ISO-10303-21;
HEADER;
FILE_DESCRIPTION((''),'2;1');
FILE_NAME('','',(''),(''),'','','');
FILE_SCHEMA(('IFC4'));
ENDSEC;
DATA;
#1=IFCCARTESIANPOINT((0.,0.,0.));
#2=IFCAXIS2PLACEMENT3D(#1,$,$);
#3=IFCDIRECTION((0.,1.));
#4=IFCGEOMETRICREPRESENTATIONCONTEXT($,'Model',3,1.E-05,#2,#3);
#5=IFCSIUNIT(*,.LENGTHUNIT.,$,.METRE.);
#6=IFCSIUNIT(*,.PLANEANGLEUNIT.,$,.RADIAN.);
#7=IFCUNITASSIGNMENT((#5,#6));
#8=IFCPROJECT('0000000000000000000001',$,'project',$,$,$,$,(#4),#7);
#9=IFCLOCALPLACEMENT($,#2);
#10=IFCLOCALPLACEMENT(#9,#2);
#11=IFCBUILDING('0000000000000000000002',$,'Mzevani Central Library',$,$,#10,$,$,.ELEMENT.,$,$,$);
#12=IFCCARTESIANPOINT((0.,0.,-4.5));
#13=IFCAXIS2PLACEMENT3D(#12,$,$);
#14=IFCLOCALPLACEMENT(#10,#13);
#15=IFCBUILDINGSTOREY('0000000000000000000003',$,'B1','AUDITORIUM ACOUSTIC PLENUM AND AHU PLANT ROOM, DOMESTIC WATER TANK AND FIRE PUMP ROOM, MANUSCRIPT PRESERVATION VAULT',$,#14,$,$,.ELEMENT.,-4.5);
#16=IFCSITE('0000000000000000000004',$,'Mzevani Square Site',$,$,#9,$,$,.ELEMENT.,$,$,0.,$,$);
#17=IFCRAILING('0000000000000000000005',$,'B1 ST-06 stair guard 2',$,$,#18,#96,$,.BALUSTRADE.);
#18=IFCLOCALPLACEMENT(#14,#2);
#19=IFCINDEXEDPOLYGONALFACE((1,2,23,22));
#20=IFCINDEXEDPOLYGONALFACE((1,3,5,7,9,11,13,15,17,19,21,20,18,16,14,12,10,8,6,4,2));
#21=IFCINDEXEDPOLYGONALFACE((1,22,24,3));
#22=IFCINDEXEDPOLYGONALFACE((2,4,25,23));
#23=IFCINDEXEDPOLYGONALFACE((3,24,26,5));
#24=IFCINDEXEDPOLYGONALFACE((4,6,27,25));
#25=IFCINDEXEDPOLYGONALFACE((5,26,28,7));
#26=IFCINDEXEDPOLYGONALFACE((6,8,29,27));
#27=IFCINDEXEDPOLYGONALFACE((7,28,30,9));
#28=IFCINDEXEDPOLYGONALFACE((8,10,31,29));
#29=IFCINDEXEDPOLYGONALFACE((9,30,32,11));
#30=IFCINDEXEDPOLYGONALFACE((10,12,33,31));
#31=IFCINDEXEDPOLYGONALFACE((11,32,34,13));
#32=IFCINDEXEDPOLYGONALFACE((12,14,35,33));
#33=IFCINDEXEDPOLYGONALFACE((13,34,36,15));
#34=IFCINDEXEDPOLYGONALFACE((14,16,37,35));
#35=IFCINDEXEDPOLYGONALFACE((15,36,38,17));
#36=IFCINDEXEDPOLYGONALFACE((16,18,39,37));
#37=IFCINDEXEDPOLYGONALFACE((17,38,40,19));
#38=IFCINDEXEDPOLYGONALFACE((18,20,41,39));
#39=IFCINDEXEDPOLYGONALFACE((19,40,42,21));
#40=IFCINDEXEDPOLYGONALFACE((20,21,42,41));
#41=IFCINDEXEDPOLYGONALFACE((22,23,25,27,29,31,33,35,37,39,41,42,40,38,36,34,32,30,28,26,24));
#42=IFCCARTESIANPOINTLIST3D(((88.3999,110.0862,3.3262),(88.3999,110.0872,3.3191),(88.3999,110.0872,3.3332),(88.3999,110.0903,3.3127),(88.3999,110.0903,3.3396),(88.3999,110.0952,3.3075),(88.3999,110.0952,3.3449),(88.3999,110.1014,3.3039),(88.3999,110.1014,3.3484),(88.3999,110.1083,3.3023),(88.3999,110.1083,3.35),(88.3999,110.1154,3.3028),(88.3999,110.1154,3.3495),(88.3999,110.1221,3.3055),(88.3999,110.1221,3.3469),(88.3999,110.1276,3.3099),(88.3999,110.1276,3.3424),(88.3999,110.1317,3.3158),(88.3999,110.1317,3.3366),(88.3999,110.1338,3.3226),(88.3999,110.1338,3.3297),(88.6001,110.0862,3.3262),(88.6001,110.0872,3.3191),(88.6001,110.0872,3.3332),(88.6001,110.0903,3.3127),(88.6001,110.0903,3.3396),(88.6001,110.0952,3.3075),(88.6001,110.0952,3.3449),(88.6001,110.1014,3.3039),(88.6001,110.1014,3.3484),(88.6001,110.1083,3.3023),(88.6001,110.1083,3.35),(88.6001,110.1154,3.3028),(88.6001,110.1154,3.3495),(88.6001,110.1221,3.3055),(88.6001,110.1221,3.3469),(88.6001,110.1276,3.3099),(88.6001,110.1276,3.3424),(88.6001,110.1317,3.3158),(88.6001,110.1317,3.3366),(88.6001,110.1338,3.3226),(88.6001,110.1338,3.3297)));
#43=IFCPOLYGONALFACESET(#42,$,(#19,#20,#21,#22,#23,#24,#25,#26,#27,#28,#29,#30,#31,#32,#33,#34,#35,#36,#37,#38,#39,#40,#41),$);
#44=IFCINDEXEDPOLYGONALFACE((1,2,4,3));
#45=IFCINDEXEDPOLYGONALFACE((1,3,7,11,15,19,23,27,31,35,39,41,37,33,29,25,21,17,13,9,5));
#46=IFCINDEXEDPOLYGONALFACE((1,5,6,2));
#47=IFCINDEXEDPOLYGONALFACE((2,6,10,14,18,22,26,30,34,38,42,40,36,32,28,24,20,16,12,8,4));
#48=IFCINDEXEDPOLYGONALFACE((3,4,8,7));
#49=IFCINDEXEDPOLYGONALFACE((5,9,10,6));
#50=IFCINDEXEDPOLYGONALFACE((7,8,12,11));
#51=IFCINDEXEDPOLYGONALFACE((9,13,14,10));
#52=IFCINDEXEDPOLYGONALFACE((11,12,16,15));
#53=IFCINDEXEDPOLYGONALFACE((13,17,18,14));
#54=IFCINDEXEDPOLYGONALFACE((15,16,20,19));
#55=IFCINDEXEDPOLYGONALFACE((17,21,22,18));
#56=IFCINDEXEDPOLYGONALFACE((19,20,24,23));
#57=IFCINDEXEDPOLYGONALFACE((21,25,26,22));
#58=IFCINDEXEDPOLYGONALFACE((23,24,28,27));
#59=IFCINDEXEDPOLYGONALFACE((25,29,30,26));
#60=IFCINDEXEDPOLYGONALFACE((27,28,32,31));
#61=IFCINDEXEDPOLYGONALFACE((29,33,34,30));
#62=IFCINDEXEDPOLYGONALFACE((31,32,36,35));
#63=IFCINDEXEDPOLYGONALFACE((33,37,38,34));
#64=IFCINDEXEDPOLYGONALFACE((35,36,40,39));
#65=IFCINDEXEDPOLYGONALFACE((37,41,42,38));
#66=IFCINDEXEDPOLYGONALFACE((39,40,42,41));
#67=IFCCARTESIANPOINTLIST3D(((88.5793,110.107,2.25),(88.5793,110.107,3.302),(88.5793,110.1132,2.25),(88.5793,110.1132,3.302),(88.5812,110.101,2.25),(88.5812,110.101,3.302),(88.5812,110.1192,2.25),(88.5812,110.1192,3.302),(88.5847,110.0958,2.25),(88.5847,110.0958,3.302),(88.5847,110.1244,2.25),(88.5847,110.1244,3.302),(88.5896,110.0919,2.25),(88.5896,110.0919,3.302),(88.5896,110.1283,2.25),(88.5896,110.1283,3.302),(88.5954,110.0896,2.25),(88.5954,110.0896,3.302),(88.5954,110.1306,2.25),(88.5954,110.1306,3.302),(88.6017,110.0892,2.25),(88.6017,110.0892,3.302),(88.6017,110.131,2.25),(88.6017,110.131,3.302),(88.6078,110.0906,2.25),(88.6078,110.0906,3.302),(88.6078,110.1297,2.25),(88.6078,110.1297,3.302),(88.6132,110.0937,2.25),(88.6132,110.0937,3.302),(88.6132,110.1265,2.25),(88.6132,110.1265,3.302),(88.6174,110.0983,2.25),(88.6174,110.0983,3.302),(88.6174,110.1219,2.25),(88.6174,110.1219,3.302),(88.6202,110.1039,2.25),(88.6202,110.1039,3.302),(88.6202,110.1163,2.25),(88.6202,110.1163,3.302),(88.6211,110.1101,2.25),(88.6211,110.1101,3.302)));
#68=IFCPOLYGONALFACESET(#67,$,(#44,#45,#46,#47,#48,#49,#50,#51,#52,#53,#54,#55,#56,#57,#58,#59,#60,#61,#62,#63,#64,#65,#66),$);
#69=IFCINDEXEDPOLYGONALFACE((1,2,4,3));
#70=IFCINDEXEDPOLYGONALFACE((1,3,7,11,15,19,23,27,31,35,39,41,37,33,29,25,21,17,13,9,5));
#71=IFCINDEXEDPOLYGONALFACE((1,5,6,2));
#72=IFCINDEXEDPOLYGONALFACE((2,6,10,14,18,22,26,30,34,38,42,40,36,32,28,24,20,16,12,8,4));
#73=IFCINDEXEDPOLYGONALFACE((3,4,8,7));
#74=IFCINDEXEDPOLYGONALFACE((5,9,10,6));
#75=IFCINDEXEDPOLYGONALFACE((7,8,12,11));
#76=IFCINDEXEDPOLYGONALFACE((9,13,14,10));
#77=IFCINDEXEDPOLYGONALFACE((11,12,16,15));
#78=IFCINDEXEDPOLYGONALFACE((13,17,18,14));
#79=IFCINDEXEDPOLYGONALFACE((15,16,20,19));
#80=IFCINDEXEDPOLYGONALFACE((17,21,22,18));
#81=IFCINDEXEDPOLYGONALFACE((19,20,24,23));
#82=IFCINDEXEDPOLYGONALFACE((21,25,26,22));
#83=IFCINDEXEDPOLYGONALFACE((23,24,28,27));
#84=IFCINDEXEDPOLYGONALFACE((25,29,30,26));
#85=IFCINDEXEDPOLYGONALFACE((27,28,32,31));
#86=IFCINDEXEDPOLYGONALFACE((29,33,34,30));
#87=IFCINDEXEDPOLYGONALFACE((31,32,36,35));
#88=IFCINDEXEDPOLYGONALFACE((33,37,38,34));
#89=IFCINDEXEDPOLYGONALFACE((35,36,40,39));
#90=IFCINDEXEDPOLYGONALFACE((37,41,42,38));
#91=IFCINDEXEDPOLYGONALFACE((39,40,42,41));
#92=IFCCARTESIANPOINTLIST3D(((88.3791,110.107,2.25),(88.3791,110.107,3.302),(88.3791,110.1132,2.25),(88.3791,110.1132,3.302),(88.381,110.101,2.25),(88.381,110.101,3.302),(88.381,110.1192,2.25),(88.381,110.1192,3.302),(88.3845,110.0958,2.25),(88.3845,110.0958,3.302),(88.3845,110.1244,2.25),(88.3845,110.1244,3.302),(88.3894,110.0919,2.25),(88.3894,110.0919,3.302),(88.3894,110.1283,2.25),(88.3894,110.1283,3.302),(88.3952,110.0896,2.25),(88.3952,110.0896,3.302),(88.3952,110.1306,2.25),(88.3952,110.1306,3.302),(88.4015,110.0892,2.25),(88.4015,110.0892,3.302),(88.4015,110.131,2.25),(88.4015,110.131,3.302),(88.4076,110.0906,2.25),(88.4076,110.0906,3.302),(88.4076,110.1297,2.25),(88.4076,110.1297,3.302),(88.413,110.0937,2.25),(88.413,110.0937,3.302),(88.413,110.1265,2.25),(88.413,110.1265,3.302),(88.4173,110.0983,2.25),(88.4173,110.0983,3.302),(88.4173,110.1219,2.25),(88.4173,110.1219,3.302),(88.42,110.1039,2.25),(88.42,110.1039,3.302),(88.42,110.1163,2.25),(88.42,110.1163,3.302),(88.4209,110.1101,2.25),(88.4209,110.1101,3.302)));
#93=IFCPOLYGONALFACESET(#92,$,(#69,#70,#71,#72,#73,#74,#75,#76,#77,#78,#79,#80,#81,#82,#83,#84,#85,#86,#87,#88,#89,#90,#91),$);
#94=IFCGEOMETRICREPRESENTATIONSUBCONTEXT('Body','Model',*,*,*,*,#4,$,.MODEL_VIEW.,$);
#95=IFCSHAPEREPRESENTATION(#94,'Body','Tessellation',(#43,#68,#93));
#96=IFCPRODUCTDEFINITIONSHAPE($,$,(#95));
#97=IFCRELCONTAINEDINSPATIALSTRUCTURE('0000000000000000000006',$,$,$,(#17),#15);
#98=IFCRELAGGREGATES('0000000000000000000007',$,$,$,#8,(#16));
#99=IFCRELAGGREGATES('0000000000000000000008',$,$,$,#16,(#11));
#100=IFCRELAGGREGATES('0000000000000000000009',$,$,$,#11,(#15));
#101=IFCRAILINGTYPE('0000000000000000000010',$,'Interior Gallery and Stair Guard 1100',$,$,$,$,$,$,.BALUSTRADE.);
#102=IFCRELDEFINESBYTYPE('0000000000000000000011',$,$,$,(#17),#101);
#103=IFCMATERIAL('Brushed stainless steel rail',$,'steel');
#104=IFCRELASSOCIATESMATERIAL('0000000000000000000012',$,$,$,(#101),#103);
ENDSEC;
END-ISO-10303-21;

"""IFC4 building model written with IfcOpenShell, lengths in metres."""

from ifc_helpers import new_model, si_unit, direction, frame, origin, origin_2d, place, context, subcontext, project, spatial, circle, extrude, material, type_object, element, save


model = new_model("IFC4")

# Units and contexts
model_context = context("Model", 3, precision=1e-05, world=origin(), true_north=direction((0.0, 1.0)))
body_context = subcontext(model_context, "Body", "Model", "MODEL_VIEW")
ifc_project = project(units=[si_unit("LENGTHUNIT", "METRE"), si_unit("PLANEANGLEUNIT", "RADIAN")], contexts=[model_context])

# Site, building, storey
site_placement = place(None, origin())
site = spatial("IfcSite", under=ifc_project, at=site_placement, Name="Mzevani Square Site", CompositionType="ELEMENT", RefElevation=0.0)
building_placement = place(site_placement, origin())
building = spatial("IfcBuilding", under=site, at=building_placement, Name="Mzevani Central Library", CompositionType="ELEMENT")
storey_placement = place(building_placement, frame((0.0, 0.0, -4.5)))
storey = spatial("IfcBuildingStorey", under=building, at=storey_placement, Name="B1", Description="AUDITORIUM ACOUSTIC PLENUM AND AHU PLANT ROOM, DOMESTIC WATER TANK AND FIRE PUMP ROOM, MANUSCRIPT PRESERVATION VAULT", CompositionType="ELEMENT", Elevation=-4.5)

# Railing
ifc_material_1 = material(Name="Brushed stainless steel rail", Category="steel")
railing_type_1 = type_object("IfcRailingType", Name="Interior Gallery and Stair Guard 1100", PredefinedType="BALUSTRADE", material=ifc_material_1)
railing_1_placement = place(storey_placement, frame((88.6001, 110.1101, 2.25)))
element("IfcRailing", 1, at=railing_1_placement, inside=storey, type_object=railing_type_1, Name="B1 ST-06 stair guard 2", PredefinedType="BALUSTRADE", context=body_context, shape_type="SweptSolid", body=[
    extrude(circle(Radius=0.0239, at=origin_2d()), frame((0.0, 0.0, 1.0762), z_axis=(-1.0, 0.0, 0.0), x_axis=(0.0, -1.0, 0.0)), (0.0, 0.0, 1.0), 0.2002),
    extrude(circle(Radius=0.021, at=origin_2d()), origin(), (0.0, 0.0, 1.0), 1.052),
    extrude(circle(Radius=0.021, at=origin_2d()), frame((-0.2002, 0.0, 0.0)), (0.0, 0.0, 1.0), 1.052),
])

save(model, "model.ifc")
